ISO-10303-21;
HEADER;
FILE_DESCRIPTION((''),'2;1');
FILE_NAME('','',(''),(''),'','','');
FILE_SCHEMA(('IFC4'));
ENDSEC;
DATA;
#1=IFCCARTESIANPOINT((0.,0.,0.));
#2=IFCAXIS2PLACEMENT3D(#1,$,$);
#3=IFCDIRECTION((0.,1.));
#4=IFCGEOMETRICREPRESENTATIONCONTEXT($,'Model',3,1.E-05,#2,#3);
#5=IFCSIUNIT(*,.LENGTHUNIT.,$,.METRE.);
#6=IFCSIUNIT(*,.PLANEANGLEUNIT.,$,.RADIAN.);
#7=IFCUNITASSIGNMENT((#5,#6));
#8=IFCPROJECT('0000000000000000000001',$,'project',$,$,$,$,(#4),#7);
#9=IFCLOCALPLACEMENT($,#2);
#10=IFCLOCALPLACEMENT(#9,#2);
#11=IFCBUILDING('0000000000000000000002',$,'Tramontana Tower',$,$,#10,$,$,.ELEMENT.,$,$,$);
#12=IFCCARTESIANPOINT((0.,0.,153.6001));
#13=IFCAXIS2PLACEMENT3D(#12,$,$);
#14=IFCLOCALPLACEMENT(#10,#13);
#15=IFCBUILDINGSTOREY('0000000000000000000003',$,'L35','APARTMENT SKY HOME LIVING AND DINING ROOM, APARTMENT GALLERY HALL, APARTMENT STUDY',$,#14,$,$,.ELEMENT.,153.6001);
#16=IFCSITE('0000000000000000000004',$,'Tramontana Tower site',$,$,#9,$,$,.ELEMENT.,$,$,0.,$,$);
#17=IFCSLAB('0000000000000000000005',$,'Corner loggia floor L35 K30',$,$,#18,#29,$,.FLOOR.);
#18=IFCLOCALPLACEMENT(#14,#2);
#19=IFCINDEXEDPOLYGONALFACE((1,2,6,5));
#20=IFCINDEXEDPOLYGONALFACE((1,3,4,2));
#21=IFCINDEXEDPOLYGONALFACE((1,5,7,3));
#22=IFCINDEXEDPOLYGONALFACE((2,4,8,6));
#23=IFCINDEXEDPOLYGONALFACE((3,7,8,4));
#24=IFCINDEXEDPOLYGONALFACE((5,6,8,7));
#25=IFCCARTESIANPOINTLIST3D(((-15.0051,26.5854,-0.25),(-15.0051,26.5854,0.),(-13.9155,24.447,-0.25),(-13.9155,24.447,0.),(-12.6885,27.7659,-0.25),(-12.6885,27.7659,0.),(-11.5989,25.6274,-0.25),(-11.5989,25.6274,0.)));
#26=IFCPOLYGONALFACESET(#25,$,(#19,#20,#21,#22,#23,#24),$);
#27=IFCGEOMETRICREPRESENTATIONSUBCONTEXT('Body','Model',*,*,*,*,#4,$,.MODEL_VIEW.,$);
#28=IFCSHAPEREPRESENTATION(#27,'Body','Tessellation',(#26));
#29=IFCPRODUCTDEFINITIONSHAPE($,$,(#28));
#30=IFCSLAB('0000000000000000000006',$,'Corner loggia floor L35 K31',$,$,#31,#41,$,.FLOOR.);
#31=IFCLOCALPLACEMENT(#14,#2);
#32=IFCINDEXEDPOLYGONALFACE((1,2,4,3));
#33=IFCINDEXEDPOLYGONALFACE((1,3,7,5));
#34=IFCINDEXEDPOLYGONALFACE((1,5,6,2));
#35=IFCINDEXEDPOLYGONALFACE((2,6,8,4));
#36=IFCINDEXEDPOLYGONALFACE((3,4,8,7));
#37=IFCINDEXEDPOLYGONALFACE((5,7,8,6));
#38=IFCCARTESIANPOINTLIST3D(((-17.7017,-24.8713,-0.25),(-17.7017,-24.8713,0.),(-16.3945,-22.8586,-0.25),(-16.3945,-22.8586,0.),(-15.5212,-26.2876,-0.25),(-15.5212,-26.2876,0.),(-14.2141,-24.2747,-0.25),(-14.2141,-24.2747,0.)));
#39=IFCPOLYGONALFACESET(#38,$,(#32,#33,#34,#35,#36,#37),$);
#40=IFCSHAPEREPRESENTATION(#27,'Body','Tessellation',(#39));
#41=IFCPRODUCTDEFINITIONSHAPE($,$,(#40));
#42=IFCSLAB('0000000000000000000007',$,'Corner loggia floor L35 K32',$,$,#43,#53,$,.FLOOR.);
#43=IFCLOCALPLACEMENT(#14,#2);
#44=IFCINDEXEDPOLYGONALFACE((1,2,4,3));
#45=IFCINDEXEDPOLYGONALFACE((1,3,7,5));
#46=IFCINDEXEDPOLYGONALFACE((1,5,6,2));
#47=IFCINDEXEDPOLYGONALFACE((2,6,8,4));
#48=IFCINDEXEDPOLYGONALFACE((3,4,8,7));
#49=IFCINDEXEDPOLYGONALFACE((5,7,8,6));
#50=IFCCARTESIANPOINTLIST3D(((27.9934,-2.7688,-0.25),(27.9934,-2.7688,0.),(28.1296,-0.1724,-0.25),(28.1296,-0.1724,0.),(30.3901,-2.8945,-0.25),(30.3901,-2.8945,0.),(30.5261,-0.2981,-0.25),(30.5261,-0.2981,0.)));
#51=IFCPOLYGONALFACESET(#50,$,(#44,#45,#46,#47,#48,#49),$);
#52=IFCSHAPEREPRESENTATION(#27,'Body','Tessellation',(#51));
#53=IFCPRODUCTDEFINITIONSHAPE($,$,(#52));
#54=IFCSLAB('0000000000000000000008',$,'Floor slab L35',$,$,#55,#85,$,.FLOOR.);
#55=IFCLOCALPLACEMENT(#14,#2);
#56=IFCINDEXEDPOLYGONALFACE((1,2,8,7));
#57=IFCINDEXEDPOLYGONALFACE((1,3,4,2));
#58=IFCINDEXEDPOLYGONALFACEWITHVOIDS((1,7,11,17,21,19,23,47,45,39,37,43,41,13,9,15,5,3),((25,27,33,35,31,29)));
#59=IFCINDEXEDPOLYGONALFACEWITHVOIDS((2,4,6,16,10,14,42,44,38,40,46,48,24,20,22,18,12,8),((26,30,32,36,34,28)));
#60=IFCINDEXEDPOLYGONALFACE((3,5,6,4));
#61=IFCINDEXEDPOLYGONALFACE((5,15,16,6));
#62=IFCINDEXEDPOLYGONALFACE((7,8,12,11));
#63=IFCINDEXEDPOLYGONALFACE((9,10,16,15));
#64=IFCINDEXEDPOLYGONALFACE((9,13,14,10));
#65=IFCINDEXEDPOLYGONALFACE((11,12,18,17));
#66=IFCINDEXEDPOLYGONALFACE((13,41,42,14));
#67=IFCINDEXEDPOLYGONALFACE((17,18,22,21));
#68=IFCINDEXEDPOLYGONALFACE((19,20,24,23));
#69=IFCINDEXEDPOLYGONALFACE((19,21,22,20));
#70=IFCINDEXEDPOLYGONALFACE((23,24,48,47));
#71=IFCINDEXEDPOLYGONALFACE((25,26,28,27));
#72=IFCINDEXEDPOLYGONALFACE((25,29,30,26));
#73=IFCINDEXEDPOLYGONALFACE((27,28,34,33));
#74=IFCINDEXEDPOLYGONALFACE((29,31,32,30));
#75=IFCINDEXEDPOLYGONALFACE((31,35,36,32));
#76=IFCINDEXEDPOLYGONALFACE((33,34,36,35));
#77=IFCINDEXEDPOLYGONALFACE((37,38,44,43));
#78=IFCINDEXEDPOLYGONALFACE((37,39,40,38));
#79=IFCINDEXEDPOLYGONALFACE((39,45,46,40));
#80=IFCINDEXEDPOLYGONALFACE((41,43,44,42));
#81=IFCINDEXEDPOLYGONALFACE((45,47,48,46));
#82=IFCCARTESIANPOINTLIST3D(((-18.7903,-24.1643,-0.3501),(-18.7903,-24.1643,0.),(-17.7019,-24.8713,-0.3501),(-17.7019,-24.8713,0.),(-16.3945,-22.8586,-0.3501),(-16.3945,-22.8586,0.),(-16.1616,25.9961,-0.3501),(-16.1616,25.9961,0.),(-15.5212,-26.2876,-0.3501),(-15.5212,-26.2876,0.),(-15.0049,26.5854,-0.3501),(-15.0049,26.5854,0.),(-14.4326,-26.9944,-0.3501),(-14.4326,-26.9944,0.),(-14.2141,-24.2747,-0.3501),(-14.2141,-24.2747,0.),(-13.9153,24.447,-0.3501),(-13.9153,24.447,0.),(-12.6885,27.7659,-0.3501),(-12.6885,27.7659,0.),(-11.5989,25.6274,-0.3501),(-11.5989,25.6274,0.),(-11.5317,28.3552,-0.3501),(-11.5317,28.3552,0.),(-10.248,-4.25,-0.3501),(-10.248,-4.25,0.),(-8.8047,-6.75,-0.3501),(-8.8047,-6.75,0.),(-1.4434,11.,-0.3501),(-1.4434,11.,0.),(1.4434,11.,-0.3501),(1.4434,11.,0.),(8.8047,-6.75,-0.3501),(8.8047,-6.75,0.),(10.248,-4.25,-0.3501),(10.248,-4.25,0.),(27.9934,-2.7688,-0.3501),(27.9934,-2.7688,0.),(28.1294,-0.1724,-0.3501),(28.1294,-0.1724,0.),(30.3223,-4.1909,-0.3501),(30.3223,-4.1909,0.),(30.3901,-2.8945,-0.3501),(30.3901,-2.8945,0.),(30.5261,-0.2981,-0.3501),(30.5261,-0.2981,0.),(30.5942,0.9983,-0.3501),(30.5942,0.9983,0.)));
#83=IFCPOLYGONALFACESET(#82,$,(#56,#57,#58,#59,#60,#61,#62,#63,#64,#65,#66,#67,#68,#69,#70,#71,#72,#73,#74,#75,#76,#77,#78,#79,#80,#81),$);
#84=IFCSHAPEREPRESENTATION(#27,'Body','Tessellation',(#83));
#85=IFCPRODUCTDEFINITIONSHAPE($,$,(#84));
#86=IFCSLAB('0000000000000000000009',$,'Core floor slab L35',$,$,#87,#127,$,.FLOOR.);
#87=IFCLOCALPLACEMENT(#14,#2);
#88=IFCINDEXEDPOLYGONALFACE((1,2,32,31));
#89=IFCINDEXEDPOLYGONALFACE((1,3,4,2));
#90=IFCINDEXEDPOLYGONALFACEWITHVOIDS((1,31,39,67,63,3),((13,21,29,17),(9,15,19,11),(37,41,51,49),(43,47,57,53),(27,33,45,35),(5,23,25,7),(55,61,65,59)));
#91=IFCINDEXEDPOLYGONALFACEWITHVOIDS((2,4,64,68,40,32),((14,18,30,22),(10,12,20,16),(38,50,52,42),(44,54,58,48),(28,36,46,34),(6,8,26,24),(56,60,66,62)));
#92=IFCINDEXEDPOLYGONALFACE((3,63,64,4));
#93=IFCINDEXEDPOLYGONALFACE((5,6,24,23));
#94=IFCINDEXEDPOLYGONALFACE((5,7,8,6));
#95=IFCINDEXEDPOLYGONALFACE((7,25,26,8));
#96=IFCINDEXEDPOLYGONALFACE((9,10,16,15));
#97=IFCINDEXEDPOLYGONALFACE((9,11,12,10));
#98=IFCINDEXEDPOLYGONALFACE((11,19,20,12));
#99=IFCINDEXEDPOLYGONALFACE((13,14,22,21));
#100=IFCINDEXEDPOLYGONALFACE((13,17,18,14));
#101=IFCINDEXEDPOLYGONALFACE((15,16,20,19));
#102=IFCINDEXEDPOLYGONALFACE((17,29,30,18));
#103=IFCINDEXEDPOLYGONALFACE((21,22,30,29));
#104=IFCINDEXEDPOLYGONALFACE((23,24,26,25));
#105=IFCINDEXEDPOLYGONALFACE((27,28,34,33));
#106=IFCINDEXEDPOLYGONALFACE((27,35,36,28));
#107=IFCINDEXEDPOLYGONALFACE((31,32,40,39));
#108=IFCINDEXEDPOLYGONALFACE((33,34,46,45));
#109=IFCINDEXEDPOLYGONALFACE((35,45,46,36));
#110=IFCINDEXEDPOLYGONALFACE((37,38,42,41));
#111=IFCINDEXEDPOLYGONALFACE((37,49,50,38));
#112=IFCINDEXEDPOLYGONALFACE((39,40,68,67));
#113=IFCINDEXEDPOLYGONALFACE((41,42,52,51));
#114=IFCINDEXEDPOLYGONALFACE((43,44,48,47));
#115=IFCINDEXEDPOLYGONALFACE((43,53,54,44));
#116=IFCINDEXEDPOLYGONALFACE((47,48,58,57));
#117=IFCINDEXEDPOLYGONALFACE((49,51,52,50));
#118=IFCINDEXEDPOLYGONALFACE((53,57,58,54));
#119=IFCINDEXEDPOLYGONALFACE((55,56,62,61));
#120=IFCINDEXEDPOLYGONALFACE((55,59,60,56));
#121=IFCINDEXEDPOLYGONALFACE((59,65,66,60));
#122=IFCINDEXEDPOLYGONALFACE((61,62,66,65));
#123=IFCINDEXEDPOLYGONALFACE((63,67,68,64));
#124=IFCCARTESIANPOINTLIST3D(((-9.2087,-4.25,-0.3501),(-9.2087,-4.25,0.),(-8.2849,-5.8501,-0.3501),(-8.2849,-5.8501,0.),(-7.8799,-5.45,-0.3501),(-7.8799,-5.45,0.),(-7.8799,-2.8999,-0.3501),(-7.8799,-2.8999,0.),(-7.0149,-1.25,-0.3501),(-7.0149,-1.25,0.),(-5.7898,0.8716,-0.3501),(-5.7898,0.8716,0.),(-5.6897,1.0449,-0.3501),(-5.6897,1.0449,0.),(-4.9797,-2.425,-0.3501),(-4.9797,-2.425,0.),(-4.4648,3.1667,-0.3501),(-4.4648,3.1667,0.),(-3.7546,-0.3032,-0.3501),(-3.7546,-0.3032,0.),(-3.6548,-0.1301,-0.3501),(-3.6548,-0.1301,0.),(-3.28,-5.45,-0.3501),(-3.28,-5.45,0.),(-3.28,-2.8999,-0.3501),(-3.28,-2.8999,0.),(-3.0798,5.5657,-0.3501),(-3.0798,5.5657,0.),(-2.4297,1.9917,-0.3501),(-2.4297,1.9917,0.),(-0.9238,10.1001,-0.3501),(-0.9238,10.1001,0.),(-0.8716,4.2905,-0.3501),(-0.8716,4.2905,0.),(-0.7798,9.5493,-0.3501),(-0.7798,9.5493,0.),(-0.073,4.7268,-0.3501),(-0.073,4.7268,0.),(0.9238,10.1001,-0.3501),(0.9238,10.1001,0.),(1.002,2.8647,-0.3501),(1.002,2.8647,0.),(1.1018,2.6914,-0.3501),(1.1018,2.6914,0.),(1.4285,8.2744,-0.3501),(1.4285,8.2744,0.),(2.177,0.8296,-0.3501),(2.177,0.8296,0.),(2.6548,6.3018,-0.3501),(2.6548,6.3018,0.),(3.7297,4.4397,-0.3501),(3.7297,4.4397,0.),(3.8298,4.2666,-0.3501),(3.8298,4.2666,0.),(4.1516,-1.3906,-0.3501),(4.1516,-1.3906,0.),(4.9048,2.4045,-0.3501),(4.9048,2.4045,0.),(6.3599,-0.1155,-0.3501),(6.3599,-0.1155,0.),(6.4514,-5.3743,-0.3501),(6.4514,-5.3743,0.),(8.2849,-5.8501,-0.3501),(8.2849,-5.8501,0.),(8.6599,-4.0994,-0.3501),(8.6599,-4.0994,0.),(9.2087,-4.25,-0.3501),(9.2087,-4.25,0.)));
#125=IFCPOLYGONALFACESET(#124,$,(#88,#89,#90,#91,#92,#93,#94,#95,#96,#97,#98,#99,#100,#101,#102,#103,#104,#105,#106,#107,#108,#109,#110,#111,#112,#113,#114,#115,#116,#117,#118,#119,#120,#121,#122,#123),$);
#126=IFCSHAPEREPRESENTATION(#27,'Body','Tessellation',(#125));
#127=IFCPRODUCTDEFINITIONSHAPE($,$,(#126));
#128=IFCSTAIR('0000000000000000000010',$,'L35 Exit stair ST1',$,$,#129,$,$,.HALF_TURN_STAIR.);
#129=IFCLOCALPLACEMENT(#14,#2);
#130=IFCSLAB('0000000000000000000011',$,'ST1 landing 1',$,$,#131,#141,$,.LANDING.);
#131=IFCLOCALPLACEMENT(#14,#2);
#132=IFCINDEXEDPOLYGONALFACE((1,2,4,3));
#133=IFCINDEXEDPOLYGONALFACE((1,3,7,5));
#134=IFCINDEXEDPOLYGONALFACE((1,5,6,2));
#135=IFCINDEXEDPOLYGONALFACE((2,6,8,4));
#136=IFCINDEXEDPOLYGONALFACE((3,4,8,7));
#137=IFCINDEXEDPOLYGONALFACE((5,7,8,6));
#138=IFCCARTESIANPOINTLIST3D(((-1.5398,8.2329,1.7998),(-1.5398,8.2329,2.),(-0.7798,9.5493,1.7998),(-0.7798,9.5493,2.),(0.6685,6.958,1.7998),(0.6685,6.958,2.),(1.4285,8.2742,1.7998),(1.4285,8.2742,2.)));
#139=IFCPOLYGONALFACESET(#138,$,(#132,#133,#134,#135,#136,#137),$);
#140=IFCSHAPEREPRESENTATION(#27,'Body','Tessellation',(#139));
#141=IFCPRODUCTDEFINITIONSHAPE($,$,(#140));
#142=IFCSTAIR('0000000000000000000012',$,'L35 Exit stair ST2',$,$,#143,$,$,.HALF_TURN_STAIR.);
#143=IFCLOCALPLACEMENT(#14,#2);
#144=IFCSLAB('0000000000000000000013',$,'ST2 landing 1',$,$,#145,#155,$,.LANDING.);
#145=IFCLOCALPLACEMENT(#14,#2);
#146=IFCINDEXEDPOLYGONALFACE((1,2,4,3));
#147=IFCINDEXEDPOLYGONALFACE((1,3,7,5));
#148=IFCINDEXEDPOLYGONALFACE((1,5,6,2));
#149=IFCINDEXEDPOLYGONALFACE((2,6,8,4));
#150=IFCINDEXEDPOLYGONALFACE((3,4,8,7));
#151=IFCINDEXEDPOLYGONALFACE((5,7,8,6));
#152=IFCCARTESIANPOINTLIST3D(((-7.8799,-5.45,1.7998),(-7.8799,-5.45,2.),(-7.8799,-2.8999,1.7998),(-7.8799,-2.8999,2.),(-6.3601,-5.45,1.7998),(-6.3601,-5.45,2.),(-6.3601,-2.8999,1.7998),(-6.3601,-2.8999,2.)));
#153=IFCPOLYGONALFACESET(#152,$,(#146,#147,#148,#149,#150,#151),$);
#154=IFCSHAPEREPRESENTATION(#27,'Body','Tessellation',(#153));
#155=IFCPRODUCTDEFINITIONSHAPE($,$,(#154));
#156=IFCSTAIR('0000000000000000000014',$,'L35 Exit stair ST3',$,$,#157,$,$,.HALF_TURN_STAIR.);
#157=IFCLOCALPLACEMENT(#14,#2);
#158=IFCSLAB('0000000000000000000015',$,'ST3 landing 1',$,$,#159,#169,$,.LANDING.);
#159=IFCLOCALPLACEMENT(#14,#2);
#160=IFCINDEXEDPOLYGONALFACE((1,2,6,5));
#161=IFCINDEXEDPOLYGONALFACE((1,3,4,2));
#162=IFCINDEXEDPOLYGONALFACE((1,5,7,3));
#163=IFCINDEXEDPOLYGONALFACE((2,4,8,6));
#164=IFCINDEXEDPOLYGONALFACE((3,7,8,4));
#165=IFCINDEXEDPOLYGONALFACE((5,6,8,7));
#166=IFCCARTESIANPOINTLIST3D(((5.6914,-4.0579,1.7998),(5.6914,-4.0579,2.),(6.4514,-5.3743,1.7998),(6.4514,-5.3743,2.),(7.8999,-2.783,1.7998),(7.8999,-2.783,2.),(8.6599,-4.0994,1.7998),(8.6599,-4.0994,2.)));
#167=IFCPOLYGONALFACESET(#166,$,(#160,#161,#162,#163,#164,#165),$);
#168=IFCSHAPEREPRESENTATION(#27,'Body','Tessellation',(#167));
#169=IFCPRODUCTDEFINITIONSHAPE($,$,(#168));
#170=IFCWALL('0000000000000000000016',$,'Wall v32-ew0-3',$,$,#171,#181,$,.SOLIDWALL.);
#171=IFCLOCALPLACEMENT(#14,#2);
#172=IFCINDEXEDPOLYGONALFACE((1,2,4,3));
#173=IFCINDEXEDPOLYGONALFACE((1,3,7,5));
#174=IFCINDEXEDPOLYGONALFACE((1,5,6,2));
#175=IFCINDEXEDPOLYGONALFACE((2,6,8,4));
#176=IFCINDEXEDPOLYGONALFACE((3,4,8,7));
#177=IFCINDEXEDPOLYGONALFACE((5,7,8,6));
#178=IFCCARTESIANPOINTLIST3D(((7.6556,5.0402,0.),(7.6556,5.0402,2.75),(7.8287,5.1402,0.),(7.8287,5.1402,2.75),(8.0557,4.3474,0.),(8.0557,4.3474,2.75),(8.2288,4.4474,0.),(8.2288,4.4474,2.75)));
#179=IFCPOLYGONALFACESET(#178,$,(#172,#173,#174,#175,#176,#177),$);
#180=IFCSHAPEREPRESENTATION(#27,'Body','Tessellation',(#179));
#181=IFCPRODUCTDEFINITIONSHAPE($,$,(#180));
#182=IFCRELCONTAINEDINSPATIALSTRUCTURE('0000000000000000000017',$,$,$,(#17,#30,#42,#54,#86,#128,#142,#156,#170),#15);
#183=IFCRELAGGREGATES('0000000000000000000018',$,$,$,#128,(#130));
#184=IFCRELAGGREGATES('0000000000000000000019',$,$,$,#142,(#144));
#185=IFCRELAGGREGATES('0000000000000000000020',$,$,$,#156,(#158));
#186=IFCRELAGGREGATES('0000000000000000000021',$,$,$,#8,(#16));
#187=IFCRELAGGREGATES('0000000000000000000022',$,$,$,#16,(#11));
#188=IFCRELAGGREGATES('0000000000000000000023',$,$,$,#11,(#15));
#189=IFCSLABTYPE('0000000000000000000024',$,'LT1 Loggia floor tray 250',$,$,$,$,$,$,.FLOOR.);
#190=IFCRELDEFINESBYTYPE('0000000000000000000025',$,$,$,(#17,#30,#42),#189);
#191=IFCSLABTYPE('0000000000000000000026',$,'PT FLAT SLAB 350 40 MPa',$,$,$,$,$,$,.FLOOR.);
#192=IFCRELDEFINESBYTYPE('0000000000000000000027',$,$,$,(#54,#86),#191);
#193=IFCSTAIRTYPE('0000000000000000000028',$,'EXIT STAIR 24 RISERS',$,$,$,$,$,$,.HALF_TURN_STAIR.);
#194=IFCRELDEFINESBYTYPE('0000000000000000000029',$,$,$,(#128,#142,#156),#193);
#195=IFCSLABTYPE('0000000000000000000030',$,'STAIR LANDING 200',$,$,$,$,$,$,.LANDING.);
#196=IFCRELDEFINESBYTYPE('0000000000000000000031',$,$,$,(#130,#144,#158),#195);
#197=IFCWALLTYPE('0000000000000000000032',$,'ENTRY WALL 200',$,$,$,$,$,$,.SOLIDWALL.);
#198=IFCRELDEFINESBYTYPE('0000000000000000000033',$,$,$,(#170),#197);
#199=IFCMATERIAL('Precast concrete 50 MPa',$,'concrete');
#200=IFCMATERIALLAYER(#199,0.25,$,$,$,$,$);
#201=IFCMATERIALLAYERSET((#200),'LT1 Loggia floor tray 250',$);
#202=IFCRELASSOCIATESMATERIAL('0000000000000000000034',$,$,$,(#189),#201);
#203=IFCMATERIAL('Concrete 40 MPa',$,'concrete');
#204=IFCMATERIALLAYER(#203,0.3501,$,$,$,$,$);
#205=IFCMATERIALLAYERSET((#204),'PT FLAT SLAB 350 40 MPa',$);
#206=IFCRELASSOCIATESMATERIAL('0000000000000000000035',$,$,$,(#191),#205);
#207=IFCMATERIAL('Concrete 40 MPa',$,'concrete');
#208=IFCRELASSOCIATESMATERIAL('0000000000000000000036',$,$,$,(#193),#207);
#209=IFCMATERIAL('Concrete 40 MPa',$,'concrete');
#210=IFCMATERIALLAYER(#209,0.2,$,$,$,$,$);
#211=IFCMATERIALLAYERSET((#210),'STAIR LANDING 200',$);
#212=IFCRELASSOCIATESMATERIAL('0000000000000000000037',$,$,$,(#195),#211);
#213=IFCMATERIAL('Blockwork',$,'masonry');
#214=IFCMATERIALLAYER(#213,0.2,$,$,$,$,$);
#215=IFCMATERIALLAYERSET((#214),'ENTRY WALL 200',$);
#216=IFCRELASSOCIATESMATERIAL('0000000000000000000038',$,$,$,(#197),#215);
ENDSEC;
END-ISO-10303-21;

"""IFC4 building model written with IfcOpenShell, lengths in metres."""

from ifc_helpers import new_model, si_unit, direction, frame, frame_2d, origin, place, context, subcontext, project, spatial, polyline, rectangle, outline, extrude, material, layer, layer_set, type_object, element, aggregate, save


model = new_model("IFC4")

# Units and contexts
model_context = context("Model", 3, precision=1e-05, world=origin(), true_north=direction((0.0, 1.0)))
body_context = subcontext(model_context, "Body", "Model", "MODEL_VIEW")
ifc_project = project(units=[si_unit("LENGTHUNIT", "METRE"), si_unit("PLANEANGLEUNIT", "RADIAN")], contexts=[model_context])

# Site, building, storey
site_placement = place(None, origin())
site = spatial("IfcSite", under=ifc_project, at=site_placement, Name="Tramontana Tower site", CompositionType="ELEMENT", RefElevation=0.0)
building_placement = place(site_placement, origin())
building = spatial("IfcBuilding", under=site, at=building_placement, Name="Tramontana Tower", CompositionType="ELEMENT")
storey_placement = place(building_placement, frame((0.0, 0.0, 153.6001)))
storey = spatial("IfcBuildingStorey", under=building, at=storey_placement, Name="L35", Description="APARTMENT SKY HOME LIVING AND DINING ROOM, APARTMENT GALLERY HALL, APARTMENT STUDY", CompositionType="ELEMENT", Elevation=153.6001)

# Slabs
ifc_material_1 = material(Name="Precast concrete 50 MPa", Category="concrete")
ifc_layer_1 = layer(ifc_material_1, 0.25)
ifc_layer_set_1 = layer_set([ifc_layer_1], Name="LT1 Loggia floor tray 250")
slab_type_1 = type_object("IfcSlabType", Name="LT1 Loggia floor tray 250", PredefinedType="FLOOR", material=ifc_layer_set_1)
slab_1_placement = place(storey_placement, frame((0.0, 0.0, -0.25)))
element("IfcSlab", 1, at=slab_1_placement, inside=storey, type_object=slab_type_1, Name="Corner loggia floor L35 K30", PredefinedType="FLOOR", context=body_context, shape_type="SweptSolid", body=[
    extrude(outline(polyline([(-12.6885, 27.7659), (-11.5989, 25.6274), (-13.9155, 24.447), (-15.0051, 26.5854), (-12.6885, 27.7659)])), origin(), (0.0, 0.0, 1.0), 0.25),
])
slab_2_placement = place(storey_placement, frame((0.0, 0.0, -0.25)))
element("IfcSlab", 2, at=slab_2_placement, inside=storey, type_object=slab_type_1, Name="Corner loggia floor L35 K31", PredefinedType="FLOOR", context=body_context, shape_type="SweptSolid", body=[
    extrude(outline(polyline([(-17.7017, -24.8713), (-16.3945, -22.8586), (-14.2141, -24.2747), (-15.5212, -26.2876), (-17.7017, -24.8713)])), origin(), (0.0, 0.0, 1.0), 0.25),
])
slab_3_placement = place(storey_placement, frame((0.0, 0.0, -0.25)))
element("IfcSlab", 3, at=slab_3_placement, inside=storey, type_object=slab_type_1, Name="Corner loggia floor L35 K32", PredefinedType="FLOOR", context=body_context, shape_type="SweptSolid", body=[
    extrude(outline(polyline([(30.3901, -2.8945), (27.9934, -2.7688), (28.1296, -0.1724), (30.5261, -0.2981), (30.3901, -2.8945)])), origin(), (0.0, 0.0, 1.0), 0.25),
])
ifc_material_2 = material(Name="Concrete 40 MPa", Category="concrete")
ifc_layer_2 = layer(ifc_material_2, 0.3501)
ifc_layer_set_2 = layer_set([ifc_layer_2], Name="PT FLAT SLAB 350 40 MPa")
slab_type_2 = type_object("IfcSlabType", Name="PT FLAT SLAB 350 40 MPa", PredefinedType="FLOOR", material=ifc_layer_set_2)
slab_4_placement = place(storey_placement, frame((0.0, 0.0, -0.3501)))
element("IfcSlab", 4, at=slab_4_placement, inside=storey, type_object=slab_type_2, Name="Floor slab L35", PredefinedType="FLOOR", context=body_context, shape_type="SweptSolid", body=[
    extrude(outline(polyline([(30.5261, -0.2981), (28.1294, -0.1724), (27.9934, -2.7688), (30.3901, -2.8945), (30.3223, -4.1909), (-14.4326, -26.9944), (-15.5212, -26.2876), (-14.2141, -24.2747), (-16.3945, -22.8586), (-17.7019, -24.8713), (-18.7903, -24.1643), (-16.1616, 25.9961), (-15.0049, 26.5854), (-13.9153, 24.447), (-11.5989, 25.6274), (-12.6885, 27.7659), (-11.5317, 28.3552), (30.5942, 0.9983), (30.5261, -0.2981)]), holes=[polyline([(-10.248, -4.25), (-8.8047, -6.75), (8.8047, -6.75), (10.248, -4.25), (1.4434, 11.0), (-1.4434, 11.0), (-10.248, -4.25)])]), origin(), (0.0, 0.0, 1.0), 0.3501),
])
slab_5_placement = place(storey_placement, frame((0.0, 0.0, -0.3501)))
element("IfcSlab", 5, at=slab_5_placement, inside=storey, type_object=slab_type_2, Name="Core floor slab L35", PredefinedType="FLOOR", context=body_context, shape_type="SweptSolid", body=[
    extrude(outline(polyline([(9.2087, -4.25), (8.2849, -5.8501), (-8.2849, -5.8501), (-9.2087, -4.25), (-0.9238, 10.1001), (0.9238, 10.1001), (9.2087, -4.25)]), holes=[polyline([(8.6599, -4.0994), (6.3599, -0.1155), (4.1516, -1.3906), (6.4514, -5.3743), (8.6599, -4.0994)]), polyline([(3.8298, 4.2666), (1.1018, 2.6914), (2.177, 0.8296), (4.9048, 2.4045), (3.8298, 4.2666)]), polyline([(2.6548, 6.3018), (-0.073, 4.7268), (1.002, 2.8647), (3.7297, 4.4397), (2.6548, 6.3018)]), polyline([(-0.7798, 9.5493), (-3.0798, 5.5657), (-0.8716, 4.2905), (1.4285, 8.2744), (-0.7798, 9.5493)]), polyline([(-5.6897, 1.0449), (-3.6548, -0.1301), (-2.4297, 1.9917), (-4.4648, 3.1667), (-5.6897, 1.0449)]), polyline([(-3.28, -5.45), (-3.28, -2.8999), (-7.8799, -2.8999), (-7.8799, -5.45), (-3.28, -5.45)]), polyline([(-7.0149, -1.25), (-4.9797, -2.425), (-3.7546, -0.3032), (-5.7898, 0.8716), (-7.0149, -1.25)])]), origin(), (0.0, 0.0, 1.0), 0.3501),
])

# Stairs, slabs
ifc_material_3 = material(Name="Concrete 40 MPa", Category="concrete")
stair_type = type_object("IfcStairType", Name="EXIT STAIR 24 RISERS", PredefinedType="HALF_TURN_STAIR", material=ifc_material_3)
stair_1_placement = place(storey_placement, origin())
stair_1 = element("IfcStair", 6, at=stair_1_placement, inside=storey, type_object=stair_type, Name="L35 Exit stair ST1", PredefinedType="HALF_TURN_STAIR")
ifc_material_4 = material(Name="Concrete 40 MPa", Category="concrete")
ifc_layer_3 = layer(ifc_material_4, 0.2)
ifc_layer_set_3 = layer_set([ifc_layer_3], Name="STAIR LANDING 200")
slab_type_3 = type_object("IfcSlabType", Name="STAIR LANDING 200", PredefinedType="LANDING", material=ifc_layer_set_3)
slab_6_placement = place(storey_placement, frame((0.0, 0.0, 1.7998)))
slab_6 = element("IfcSlab", 7, at=slab_6_placement, type_object=slab_type_3, Name="ST1 landing 1", PredefinedType="LANDING", context=body_context, shape_type="SweptSolid", body=[
    extrude(outline(polyline([(0.6685, 6.958), (1.4285, 8.2742), (-0.7798, 9.5493), (-1.5398, 8.2329), (0.6685, 6.958)])), origin(), (0.0, 0.0, 1.0), 0.2002),
])
aggregate(stair_1, [slab_6])
stair_2_placement = place(storey_placement, origin())
stair_2 = element("IfcStair", 8, at=stair_2_placement, inside=storey, type_object=stair_type, Name="L35 Exit stair ST2", PredefinedType="HALF_TURN_STAIR")
slab_7_placement = place(storey_placement, frame((0.0, 0.0, 1.7998)))
slab_7 = element("IfcSlab", 9, at=slab_7_placement, type_object=slab_type_3, Name="ST2 landing 1", PredefinedType="LANDING", context=body_context, shape_type="SweptSolid", body=[
    extrude(outline(polyline([(-6.3601, -2.8999), (-7.8799, -2.8999), (-7.8799, -5.45), (-6.3601, -5.45), (-6.3601, -2.8999)])), origin(), (0.0, 0.0, 1.0), 0.2002),
])
aggregate(stair_2, [slab_7])
stair_3_placement = place(storey_placement, origin())
stair_3 = element("IfcStair", 10, at=stair_3_placement, inside=storey, type_object=stair_type, Name="L35 Exit stair ST3", PredefinedType="HALF_TURN_STAIR")
slab_8_placement = place(storey_placement, frame((0.0, 0.0, 1.7998)))
slab_8 = element("IfcSlab", 11, at=slab_8_placement, type_object=slab_type_3, Name="ST3 landing 1", PredefinedType="LANDING", context=body_context, shape_type="SweptSolid", body=[
    extrude(outline(polyline([(5.6914, -4.0579), (6.4514, -5.3743), (8.6599, -4.0994), (7.8999, -2.783), (5.6914, -4.0579)])), origin(), (0.0, 0.0, 1.0), 0.2002),
])
aggregate(stair_3, [slab_8])

# Wall
ifc_material_5 = material(Name="Blockwork", Category="masonry")
ifc_layer_4 = layer(ifc_material_5, 0.2)
ifc_layer_set_4 = layer_set([ifc_layer_4], Name="ENTRY WALL 200")
wall_type_1 = type_object("IfcWallType", Name="ENTRY WALL 200", PredefinedType="SOLIDWALL", material=ifc_layer_set_4)
wall_1_placement = place(storey_placement, frame((7.7422, 5.0901, 0.0), z_axis=(0.0, 0.0, 1.0), x_axis=(0.50011, -0.865962, 0.0)))
element("IfcWall", 12, at=wall_1_placement, inside=storey, type_object=wall_type_1, Name="Wall v32-ew0-3", PredefinedType="SOLIDWALL", context=body_context, shape_type="SweptSolid", body=[
    extrude(rectangle(XDim=0.8, YDim=0.2, at=frame_2d((0.3999, 0.0))), origin(), (0.0, 0.0, 1.0), 2.75),
])

save(model, "model.ifc")
